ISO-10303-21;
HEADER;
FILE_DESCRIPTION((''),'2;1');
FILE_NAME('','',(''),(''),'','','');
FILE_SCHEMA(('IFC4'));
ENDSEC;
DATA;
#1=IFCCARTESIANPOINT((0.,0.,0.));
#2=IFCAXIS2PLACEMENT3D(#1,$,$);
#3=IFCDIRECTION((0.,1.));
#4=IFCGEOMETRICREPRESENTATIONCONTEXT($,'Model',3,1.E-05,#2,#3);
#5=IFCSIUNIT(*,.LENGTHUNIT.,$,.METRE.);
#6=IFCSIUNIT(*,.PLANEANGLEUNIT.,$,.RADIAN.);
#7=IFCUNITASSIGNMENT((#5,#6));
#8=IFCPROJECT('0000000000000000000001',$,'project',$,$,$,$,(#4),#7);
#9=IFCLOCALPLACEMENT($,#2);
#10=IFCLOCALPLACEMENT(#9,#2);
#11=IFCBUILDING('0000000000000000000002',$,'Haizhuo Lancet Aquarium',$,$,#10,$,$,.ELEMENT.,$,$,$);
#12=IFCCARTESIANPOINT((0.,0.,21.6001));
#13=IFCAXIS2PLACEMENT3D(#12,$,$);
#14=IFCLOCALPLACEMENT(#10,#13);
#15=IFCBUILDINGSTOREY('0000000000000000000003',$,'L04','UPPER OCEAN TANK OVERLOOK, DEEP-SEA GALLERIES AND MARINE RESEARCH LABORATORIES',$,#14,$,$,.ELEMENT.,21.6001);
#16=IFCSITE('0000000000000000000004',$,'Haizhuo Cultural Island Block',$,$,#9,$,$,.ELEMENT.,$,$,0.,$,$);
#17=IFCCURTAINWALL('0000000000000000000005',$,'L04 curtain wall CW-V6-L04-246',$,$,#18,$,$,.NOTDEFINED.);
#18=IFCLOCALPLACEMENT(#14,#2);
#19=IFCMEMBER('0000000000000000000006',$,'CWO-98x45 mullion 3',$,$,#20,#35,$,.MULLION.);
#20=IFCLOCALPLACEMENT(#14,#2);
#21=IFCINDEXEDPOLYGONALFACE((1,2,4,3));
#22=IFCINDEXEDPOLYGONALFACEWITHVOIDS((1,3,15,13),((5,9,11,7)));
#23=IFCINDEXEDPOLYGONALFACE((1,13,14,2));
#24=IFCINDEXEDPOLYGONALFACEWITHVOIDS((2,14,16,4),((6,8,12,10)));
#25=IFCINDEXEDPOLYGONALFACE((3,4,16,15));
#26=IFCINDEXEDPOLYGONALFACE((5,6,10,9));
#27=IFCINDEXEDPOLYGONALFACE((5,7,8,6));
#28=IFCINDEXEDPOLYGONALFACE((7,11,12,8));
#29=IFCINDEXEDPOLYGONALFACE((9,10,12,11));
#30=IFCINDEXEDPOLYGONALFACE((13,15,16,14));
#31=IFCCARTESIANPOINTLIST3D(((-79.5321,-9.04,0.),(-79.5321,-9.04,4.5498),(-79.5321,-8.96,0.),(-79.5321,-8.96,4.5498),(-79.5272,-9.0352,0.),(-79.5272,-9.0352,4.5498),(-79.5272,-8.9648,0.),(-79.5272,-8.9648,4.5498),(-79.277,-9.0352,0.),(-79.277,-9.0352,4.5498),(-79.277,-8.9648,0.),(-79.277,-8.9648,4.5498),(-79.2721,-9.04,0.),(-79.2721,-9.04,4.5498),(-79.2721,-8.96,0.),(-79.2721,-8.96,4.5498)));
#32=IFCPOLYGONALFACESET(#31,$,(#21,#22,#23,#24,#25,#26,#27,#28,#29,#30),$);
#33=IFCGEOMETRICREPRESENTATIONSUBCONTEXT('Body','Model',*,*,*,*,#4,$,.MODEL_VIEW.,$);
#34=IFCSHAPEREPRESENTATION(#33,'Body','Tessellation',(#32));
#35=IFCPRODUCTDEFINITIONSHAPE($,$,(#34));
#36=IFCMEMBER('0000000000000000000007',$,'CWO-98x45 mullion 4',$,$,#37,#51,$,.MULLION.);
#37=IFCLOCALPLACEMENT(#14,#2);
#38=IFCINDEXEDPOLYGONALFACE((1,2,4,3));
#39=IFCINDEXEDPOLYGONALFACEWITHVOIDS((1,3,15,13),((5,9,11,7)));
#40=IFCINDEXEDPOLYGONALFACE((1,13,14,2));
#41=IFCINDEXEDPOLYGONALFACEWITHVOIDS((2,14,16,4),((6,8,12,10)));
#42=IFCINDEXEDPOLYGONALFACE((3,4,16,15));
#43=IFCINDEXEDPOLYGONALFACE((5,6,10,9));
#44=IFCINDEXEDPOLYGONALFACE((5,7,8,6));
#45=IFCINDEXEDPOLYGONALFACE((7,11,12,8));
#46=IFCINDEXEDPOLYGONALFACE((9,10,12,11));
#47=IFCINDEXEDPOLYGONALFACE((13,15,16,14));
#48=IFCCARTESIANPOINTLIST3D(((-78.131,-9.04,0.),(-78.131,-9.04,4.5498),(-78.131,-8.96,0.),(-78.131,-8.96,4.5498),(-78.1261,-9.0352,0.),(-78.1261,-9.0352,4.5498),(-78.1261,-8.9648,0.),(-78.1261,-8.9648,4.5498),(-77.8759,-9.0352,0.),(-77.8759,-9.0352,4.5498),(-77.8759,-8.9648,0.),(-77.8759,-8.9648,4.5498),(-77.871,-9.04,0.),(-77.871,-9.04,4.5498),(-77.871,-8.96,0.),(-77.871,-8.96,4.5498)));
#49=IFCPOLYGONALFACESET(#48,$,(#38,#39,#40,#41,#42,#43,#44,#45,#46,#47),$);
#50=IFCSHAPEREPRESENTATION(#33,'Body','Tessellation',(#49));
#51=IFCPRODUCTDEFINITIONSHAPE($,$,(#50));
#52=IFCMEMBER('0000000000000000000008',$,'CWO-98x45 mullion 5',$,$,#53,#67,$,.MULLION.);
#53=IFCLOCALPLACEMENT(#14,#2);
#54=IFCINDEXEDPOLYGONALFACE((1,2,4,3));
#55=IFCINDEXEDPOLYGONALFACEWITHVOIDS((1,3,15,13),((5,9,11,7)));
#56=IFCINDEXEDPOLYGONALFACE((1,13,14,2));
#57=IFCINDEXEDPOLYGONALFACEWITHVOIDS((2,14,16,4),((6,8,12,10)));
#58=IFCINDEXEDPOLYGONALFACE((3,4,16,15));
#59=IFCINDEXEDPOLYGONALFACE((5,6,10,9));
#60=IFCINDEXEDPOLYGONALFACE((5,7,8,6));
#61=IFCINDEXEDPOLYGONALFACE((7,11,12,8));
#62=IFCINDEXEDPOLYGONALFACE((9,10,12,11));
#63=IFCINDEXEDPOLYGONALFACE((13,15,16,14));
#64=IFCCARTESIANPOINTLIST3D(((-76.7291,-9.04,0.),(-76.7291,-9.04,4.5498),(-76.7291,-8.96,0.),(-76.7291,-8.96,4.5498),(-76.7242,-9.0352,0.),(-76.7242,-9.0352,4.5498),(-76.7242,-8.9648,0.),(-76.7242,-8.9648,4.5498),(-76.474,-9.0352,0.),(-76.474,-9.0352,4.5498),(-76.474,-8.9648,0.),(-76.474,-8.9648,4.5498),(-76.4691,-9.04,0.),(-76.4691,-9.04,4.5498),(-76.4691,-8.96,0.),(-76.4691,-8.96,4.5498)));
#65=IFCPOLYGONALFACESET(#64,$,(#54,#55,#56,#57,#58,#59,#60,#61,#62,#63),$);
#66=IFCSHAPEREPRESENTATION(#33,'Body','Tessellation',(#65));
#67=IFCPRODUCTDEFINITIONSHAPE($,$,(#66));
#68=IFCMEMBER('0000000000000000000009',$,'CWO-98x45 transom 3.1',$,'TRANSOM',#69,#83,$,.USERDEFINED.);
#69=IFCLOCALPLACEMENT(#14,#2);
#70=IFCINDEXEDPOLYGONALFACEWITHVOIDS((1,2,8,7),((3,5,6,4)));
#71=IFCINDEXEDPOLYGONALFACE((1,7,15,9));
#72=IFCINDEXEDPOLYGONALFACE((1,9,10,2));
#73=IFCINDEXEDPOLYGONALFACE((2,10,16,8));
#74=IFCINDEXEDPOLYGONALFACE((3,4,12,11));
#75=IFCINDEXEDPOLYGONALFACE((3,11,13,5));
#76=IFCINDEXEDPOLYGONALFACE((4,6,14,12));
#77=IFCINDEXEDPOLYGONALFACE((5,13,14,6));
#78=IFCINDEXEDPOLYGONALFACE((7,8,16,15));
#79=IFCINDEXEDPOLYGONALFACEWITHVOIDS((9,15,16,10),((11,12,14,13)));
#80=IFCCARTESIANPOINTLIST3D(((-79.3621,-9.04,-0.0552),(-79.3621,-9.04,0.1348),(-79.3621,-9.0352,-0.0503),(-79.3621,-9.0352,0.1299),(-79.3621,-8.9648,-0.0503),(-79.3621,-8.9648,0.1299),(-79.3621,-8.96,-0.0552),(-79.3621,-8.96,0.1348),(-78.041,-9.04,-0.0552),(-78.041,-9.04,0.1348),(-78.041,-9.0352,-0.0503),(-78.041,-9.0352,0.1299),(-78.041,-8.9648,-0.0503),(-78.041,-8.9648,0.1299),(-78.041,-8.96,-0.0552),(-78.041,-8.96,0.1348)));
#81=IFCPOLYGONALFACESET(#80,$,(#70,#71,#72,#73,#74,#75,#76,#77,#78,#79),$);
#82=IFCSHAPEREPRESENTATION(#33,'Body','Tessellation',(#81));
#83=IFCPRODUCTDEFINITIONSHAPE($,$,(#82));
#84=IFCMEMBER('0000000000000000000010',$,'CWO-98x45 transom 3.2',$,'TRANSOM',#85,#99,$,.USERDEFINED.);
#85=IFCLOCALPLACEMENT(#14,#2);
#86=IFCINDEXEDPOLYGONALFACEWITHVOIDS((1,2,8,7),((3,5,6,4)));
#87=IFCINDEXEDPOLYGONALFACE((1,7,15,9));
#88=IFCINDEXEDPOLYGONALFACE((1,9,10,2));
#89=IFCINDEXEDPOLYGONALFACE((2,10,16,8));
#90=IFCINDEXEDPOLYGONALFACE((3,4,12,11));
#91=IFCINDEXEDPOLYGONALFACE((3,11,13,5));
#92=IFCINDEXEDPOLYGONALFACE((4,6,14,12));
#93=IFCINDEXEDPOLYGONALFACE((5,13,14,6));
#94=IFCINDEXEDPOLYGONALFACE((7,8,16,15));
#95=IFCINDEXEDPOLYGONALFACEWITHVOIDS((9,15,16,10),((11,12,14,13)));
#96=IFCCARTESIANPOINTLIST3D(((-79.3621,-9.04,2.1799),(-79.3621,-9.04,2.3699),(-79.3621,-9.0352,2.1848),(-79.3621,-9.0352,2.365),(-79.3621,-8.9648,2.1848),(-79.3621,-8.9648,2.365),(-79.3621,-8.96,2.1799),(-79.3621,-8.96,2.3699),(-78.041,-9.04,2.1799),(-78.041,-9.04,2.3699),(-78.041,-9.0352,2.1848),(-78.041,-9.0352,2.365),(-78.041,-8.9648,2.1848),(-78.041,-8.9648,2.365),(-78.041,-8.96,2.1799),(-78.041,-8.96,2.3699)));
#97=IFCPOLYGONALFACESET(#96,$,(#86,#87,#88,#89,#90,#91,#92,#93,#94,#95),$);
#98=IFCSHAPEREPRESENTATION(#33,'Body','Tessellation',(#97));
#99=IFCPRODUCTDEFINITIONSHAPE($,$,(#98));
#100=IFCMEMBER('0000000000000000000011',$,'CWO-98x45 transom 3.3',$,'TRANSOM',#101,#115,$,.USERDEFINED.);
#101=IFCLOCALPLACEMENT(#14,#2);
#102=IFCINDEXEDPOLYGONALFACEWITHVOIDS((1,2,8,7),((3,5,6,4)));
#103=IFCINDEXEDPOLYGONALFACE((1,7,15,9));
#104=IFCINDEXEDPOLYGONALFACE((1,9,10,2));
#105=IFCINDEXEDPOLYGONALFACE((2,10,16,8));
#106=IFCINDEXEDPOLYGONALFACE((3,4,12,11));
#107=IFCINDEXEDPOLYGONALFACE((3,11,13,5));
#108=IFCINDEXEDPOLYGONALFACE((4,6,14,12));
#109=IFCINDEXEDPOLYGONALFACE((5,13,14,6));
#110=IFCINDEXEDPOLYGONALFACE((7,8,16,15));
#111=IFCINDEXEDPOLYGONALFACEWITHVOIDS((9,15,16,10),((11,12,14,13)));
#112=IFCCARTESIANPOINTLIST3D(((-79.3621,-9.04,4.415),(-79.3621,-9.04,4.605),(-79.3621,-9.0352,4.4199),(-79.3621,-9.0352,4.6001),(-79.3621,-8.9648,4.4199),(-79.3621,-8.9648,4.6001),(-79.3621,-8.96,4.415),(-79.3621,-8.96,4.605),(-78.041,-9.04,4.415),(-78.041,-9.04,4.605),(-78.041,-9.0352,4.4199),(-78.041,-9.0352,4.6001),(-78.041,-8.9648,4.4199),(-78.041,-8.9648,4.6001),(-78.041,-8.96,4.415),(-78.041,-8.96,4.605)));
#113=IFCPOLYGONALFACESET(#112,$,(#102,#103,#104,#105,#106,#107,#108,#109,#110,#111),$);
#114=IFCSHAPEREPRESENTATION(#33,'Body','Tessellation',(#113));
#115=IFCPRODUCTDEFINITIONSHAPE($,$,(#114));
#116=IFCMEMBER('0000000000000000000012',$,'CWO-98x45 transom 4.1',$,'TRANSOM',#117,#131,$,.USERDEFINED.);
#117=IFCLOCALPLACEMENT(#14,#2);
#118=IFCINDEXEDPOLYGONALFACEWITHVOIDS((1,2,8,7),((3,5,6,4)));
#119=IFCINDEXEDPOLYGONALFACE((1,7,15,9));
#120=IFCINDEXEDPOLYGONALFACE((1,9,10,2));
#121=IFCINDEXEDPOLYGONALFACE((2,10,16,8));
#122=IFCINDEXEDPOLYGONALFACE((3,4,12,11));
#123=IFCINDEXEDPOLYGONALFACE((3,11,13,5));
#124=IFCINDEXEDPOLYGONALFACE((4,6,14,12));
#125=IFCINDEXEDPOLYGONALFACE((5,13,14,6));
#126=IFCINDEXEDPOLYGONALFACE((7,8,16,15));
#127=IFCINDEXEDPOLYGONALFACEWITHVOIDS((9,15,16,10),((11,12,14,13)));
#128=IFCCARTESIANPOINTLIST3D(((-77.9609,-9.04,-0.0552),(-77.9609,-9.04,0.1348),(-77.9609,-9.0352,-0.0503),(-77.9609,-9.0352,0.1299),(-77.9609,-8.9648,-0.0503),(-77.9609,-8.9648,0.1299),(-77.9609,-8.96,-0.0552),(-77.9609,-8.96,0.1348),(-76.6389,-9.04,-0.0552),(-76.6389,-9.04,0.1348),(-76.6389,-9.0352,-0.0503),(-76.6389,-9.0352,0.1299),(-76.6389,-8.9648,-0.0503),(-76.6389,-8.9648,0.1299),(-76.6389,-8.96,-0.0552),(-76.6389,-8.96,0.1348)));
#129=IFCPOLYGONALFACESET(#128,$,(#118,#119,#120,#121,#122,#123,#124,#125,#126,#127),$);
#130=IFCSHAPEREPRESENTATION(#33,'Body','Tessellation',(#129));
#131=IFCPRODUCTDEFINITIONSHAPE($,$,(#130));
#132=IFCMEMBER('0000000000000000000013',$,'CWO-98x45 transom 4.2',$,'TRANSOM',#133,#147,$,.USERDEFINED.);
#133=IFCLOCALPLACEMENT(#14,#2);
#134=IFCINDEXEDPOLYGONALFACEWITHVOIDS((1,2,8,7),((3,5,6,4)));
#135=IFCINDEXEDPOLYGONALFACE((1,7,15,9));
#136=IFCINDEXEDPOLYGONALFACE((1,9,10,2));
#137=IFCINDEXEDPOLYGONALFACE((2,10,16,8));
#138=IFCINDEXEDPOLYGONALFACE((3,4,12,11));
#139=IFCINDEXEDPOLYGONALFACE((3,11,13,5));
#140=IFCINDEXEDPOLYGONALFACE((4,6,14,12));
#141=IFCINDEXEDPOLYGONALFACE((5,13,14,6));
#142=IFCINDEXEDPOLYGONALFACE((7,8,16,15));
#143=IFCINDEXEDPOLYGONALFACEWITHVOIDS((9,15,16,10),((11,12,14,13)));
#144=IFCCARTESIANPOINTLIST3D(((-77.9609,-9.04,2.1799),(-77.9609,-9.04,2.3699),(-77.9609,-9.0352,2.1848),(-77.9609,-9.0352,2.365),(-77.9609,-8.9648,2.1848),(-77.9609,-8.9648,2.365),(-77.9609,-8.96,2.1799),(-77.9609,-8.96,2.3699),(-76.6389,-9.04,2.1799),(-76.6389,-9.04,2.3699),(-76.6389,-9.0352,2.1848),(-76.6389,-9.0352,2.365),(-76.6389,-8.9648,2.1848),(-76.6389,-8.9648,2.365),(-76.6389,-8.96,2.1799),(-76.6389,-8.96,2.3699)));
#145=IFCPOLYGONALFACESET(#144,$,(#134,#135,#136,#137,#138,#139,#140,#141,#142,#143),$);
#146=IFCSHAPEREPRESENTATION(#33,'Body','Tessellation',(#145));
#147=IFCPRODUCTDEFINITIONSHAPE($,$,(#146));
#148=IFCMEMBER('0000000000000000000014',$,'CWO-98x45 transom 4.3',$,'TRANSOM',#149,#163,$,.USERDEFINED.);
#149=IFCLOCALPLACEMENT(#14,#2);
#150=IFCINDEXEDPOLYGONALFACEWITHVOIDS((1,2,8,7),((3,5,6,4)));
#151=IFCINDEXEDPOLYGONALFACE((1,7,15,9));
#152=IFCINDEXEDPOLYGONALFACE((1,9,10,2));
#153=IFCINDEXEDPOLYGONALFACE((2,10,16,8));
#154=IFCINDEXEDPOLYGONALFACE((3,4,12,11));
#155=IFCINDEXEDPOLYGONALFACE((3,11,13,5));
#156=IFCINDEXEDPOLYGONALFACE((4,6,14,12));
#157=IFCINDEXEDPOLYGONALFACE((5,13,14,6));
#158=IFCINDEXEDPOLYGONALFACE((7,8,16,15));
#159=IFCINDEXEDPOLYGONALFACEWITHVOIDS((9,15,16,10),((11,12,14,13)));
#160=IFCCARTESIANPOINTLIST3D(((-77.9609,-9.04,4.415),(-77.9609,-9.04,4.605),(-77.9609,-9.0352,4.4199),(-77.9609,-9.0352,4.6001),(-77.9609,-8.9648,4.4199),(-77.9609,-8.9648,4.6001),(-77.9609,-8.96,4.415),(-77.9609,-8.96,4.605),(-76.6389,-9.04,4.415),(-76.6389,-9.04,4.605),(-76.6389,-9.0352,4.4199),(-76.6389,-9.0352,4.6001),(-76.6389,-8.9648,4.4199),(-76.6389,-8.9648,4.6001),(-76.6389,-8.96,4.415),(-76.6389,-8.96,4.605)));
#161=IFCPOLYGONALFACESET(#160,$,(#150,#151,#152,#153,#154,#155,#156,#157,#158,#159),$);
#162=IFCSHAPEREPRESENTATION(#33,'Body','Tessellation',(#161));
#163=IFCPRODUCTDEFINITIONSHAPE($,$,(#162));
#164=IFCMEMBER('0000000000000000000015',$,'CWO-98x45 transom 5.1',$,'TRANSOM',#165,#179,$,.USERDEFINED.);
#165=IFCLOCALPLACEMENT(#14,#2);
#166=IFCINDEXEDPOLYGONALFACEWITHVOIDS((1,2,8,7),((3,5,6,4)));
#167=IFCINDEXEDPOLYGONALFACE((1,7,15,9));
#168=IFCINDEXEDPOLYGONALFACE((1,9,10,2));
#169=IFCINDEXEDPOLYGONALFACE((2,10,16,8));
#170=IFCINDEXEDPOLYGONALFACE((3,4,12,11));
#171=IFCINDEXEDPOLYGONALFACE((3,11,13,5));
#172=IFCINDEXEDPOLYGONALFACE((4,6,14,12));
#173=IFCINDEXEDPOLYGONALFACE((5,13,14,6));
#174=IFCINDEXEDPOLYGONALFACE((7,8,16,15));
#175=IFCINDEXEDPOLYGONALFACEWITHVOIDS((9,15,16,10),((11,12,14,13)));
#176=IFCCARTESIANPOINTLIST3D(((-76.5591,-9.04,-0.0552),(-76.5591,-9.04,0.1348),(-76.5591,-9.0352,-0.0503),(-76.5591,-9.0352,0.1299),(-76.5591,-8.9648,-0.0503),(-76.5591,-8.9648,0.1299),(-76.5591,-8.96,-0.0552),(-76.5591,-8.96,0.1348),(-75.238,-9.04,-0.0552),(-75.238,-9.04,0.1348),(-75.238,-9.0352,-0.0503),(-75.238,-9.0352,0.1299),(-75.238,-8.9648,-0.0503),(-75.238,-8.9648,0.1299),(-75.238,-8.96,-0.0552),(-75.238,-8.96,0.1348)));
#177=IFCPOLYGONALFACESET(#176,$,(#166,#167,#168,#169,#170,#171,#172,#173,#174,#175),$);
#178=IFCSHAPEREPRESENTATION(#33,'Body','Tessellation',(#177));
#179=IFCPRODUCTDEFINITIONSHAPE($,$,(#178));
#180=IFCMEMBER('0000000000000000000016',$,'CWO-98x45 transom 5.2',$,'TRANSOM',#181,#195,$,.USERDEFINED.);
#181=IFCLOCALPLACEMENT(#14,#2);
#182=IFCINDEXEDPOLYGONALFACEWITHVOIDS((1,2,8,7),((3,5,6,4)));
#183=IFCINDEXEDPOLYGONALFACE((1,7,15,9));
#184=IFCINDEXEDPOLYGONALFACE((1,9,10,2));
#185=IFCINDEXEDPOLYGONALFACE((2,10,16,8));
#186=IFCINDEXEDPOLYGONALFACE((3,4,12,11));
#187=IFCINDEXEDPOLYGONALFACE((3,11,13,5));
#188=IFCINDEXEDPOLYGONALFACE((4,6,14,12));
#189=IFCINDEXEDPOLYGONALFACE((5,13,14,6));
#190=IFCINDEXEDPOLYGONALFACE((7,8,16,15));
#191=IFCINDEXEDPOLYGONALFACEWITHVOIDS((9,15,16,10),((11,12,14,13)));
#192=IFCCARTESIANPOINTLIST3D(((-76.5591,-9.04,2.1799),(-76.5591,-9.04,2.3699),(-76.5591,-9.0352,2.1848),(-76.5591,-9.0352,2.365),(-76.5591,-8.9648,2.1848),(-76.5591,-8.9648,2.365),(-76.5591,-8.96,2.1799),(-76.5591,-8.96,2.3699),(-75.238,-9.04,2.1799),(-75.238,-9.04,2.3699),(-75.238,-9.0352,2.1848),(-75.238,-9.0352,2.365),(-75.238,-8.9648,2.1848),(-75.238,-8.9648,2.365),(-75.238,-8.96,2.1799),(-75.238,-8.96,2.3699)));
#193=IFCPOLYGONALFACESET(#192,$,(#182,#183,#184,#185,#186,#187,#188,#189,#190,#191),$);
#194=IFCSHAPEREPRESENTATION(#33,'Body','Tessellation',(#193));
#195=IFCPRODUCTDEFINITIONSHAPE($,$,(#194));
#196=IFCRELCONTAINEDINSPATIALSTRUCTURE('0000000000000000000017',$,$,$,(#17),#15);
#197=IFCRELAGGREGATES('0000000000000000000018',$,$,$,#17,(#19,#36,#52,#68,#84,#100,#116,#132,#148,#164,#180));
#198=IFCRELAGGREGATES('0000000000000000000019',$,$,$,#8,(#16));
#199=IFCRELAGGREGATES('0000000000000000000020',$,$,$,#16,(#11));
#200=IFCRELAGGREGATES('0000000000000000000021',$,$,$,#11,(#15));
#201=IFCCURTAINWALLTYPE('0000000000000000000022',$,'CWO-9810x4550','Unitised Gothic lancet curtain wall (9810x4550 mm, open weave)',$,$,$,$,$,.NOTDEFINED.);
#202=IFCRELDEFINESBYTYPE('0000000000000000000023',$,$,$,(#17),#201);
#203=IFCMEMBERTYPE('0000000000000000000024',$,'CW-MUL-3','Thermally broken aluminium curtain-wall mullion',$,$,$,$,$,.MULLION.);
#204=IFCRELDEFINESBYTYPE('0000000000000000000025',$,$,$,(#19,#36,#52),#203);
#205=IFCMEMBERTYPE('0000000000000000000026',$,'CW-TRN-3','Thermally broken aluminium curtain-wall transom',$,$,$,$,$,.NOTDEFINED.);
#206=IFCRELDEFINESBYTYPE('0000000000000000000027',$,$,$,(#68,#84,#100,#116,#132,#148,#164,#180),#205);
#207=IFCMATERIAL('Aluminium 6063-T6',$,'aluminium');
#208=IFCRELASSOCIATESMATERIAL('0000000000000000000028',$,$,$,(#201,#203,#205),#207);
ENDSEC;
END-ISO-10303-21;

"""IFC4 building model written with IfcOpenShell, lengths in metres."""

from ifc_helpers import new_model, si_unit, direction, frame, origin, origin_2d, place, context, subcontext, project, spatial, hollow_rectangle, extrude, material, material_profile, profile_set, type_object, element, aggregate, save


model = new_model("IFC4")

# Units and contexts
model_context = context("Model", 3, precision=1e-05, world=origin(), true_north=direction((0.0, 1.0)))
body_context = subcontext(model_context, "Body", "Model", "MODEL_VIEW")
ifc_project = project(units=[si_unit("LENGTHUNIT", "METRE"), si_unit("PLANEANGLEUNIT", "RADIAN")], contexts=[model_context])

# Site, building, storey
site_placement = place(None, origin())
site = spatial("IfcSite", under=ifc_project, at=site_placement, Name="Haizhuo Cultural Island Block", CompositionType="ELEMENT", RefElevation=0.0)
building_placement = place(site_placement, origin())
building = spatial("IfcBuilding", under=site, at=building_placement, Name="Haizhuo Lancet Aquarium", CompositionType="ELEMENT")
storey_placement = place(building_placement, frame((0.0, 0.0, 21.6001)))
storey = spatial("IfcBuildingStorey", under=building, at=storey_placement, Name="L04", Description="UPPER OCEAN TANK OVERLOOK, DEEP-SEA GALLERIES AND MARINE RESEARCH LABORATORIES", CompositionType="ELEMENT", Elevation=21.6001)

# Curtain wall, members
ifc_material_1 = material(Name="Aluminium 6063-T6", Category="aluminium")
curtain_wall_type = type_object("IfcCurtainWallType", Name="CWO-9810x4550", Description="Unitised Gothic lancet curtain wall (9810x4550 mm, open weave)", PredefinedType="NOTDEFINED", material=ifc_material_1)
curtain_wall_placement = place(storey_placement, origin())
curtain_wall = element("IfcCurtainWall", 1, at=curtain_wall_placement, inside=storey, type_object=curtain_wall_type, Name="L04 curtain wall CW-V6-L04-246", PredefinedType="NOTDEFINED")
ifc_material_profile_1 = material_profile(ifc_material_1, hollow_rectangle(XDim=0.0801, YDim=0.26, WallThickness=0.0049, at=origin_2d()), Name="ALU-M 80x260x5")
ifc_profile_set_1 = profile_set([ifc_material_profile_1], Name="Aluminium 6063-T6")
member_type_1 = type_object("IfcMemberType", Name="CW-MUL-3", Description="Thermally broken aluminium curtain-wall mullion", PredefinedType="MULLION", material=ifc_profile_set_1)
member_1_placement = place(storey_placement, frame((-79.4021, -9.0, 0.0), z_axis=(0.0, 0.0, 1.0), x_axis=(0.0, 1.0, 0.0)))
member_1 = element("IfcMember", 2, at=member_1_placement, type_object=member_type_1, Name="CWO-98x45 mullion 3", PredefinedType="MULLION", context=body_context, shape_type="SweptSolid", body=[
    extrude(hollow_rectangle(XDim=0.0801, YDim=0.26, WallThickness=0.0049, at=origin_2d()), origin(), (0.0, 0.0, 1.0), 4.5498),
])
member_2_placement = place(storey_placement, frame((-78.001, -9.0, 0.0), z_axis=(0.0, 0.0, 1.0), x_axis=(0.0, 1.0, 0.0)))
member_2 = element("IfcMember", 3, at=member_2_placement, type_object=member_type_1, Name="CWO-98x45 mullion 4", PredefinedType="MULLION", context=body_context, shape_type="SweptSolid", body=[
    extrude(hollow_rectangle(XDim=0.0801, YDim=0.26, WallThickness=0.0049, at=origin_2d()), origin(), (0.0, 0.0, 1.0), 4.5498),
])
member_3_placement = place(storey_placement, frame((-76.5991, -9.0, 0.0), z_axis=(0.0, 0.0, 1.0), x_axis=(0.0, 1.0, 0.0)))
member_3 = element("IfcMember", 4, at=member_3_placement, type_object=member_type_1, Name="CWO-98x45 mullion 5", PredefinedType="MULLION", context=body_context, shape_type="SweptSolid", body=[
    extrude(hollow_rectangle(XDim=0.0801, YDim=0.26, WallThickness=0.0049, at=origin_2d()), origin(), (0.0, 0.0, 1.0), 4.5498),
])
ifc_material_profile_2 = material_profile(ifc_material_1, hollow_rectangle(XDim=0.0801, YDim=0.1899, WallThickness=0.0049, at=origin_2d()), Name="ALU-T 80x190x5")
ifc_profile_set_2 = profile_set([ifc_material_profile_2], Name="Aluminium 6063-T6")
member_type_2 = type_object("IfcMemberType", Name="CW-TRN-3", Description="Thermally broken aluminium curtain-wall transom", PredefinedType="NOTDEFINED", material=ifc_profile_set_2)
member_4_placement = place(storey_placement, frame((-79.3621, -9.0, 0.0398), z_axis=(1.0, 0.0, 0.0), x_axis=(0.0, 1.0, 0.0)))
member_4 = element("IfcMember", 5, at=member_4_placement, type_object=member_type_2, Name="CWO-98x45 transom 3.1", ObjectType="TRANSOM", PredefinedType="USERDEFINED", context=body_context, shape_type="SweptSolid", body=[
    extrude(hollow_rectangle(XDim=0.0801, YDim=0.1899, WallThickness=0.0049, at=origin_2d()), origin(), (0.0, 0.0, 1.0), 1.321),
])
member_5_placement = place(storey_placement, frame((-79.3621, -9.0, 2.2749), z_axis=(1.0, 0.0, 0.0), x_axis=(0.0, 1.0, 0.0)))
member_5 = element("IfcMember", 6, at=member_5_placement, type_object=member_type_2, Name="CWO-98x45 transom 3.2", ObjectType="TRANSOM", PredefinedType="USERDEFINED", context=body_context, shape_type="SweptSolid", body=[
    extrude(hollow_rectangle(XDim=0.0801, YDim=0.1899, WallThickness=0.0049, at=origin_2d()), origin(), (0.0, 0.0, 1.0), 1.321),
])
member_6_placement = place(storey_placement, frame((-79.3621, -9.0, 4.51), z_axis=(1.0, 0.0, 0.0), x_axis=(0.0, 1.0, 0.0)))
member_6 = element("IfcMember", 7, at=member_6_placement, type_object=member_type_2, Name="CWO-98x45 transom 3.3", ObjectType="TRANSOM", PredefinedType="USERDEFINED", context=body_context, shape_type="SweptSolid", body=[
    extrude(hollow_rectangle(XDim=0.0801, YDim=0.1899, WallThickness=0.0049, at=origin_2d()), origin(), (0.0, 0.0, 1.0), 1.321),
])
member_7_placement = place(storey_placement, frame((-77.9609, -9.0, 0.0398), z_axis=(1.0, 0.0, 0.0), x_axis=(0.0, 1.0, 0.0)))
member_7 = element("IfcMember", 8, at=member_7_placement, type_object=member_type_2, Name="CWO-98x45 transom 4.1", ObjectType="TRANSOM", PredefinedType="USERDEFINED", context=body_context, shape_type="SweptSolid", body=[
    extrude(hollow_rectangle(XDim=0.0801, YDim=0.1899, WallThickness=0.0049, at=origin_2d()), origin(), (0.0, 0.0, 1.0), 1.322),
])
member_8_placement = place(storey_placement, frame((-77.9609, -9.0, 2.2749), z_axis=(1.0, 0.0, 0.0), x_axis=(0.0, 1.0, 0.0)))
member_8 = element("IfcMember", 9, at=member_8_placement, type_object=member_type_2, Name="CWO-98x45 transom 4.2", ObjectType="TRANSOM", PredefinedType="USERDEFINED", context=body_context, shape_type="SweptSolid", body=[
    extrude(hollow_rectangle(XDim=0.0801, YDim=0.1899, WallThickness=0.0049, at=origin_2d()), origin(), (0.0, 0.0, 1.0), 1.322),
])
member_9_placement = place(storey_placement, frame((-77.9609, -9.0, 4.51), z_axis=(1.0, 0.0, 0.0), x_axis=(0.0, 1.0, 0.0)))
member_9 = element("IfcMember", 10, at=member_9_placement, type_object=member_type_2, Name="CWO-98x45 transom 4.3", ObjectType="TRANSOM", PredefinedType="USERDEFINED", context=body_context, shape_type="SweptSolid", body=[
    extrude(hollow_rectangle(XDim=0.0801, YDim=0.1899, WallThickness=0.0049, at=origin_2d()), origin(), (0.0, 0.0, 1.0), 1.322),
])
member_10_placement = place(storey_placement, frame((-76.5591, -9.0, 0.0398), z_axis=(1.0, 0.0, 0.0), x_axis=(0.0, 1.0, 0.0)))
member_10 = element("IfcMember", 11, at=member_10_placement, type_object=member_type_2, Name="CWO-98x45 transom 5.1", ObjectType="TRANSOM", PredefinedType="USERDEFINED", context=body_context, shape_type="SweptSolid", body=[
    extrude(hollow_rectangle(XDim=0.0801, YDim=0.1899, WallThickness=0.0049, at=origin_2d()), origin(), (0.0, 0.0, 1.0), 1.321),
])
member_11_placement = place(storey_placement, frame((-76.5591, -9.0, 2.2749), z_axis=(1.0, 0.0, 0.0), x_axis=(0.0, 1.0, 0.0)))
member_11 = element("IfcMember", 12, at=member_11_placement, type_object=member_type_2, Name="CWO-98x45 transom 5.2", ObjectType="TRANSOM", PredefinedType="USERDEFINED", context=body_context, shape_type="SweptSolid", body=[
    extrude(hollow_rectangle(XDim=0.0801, YDim=0.1899, WallThickness=0.0049, at=origin_2d()), origin(), (0.0, 0.0, 1.0), 1.321),
])

aggregate(curtain_wall, [member_1, member_2, member_3, member_4, member_5, member_6, member_7, member_8, member_9, member_10, member_11])

save(model, "model.ifc")
